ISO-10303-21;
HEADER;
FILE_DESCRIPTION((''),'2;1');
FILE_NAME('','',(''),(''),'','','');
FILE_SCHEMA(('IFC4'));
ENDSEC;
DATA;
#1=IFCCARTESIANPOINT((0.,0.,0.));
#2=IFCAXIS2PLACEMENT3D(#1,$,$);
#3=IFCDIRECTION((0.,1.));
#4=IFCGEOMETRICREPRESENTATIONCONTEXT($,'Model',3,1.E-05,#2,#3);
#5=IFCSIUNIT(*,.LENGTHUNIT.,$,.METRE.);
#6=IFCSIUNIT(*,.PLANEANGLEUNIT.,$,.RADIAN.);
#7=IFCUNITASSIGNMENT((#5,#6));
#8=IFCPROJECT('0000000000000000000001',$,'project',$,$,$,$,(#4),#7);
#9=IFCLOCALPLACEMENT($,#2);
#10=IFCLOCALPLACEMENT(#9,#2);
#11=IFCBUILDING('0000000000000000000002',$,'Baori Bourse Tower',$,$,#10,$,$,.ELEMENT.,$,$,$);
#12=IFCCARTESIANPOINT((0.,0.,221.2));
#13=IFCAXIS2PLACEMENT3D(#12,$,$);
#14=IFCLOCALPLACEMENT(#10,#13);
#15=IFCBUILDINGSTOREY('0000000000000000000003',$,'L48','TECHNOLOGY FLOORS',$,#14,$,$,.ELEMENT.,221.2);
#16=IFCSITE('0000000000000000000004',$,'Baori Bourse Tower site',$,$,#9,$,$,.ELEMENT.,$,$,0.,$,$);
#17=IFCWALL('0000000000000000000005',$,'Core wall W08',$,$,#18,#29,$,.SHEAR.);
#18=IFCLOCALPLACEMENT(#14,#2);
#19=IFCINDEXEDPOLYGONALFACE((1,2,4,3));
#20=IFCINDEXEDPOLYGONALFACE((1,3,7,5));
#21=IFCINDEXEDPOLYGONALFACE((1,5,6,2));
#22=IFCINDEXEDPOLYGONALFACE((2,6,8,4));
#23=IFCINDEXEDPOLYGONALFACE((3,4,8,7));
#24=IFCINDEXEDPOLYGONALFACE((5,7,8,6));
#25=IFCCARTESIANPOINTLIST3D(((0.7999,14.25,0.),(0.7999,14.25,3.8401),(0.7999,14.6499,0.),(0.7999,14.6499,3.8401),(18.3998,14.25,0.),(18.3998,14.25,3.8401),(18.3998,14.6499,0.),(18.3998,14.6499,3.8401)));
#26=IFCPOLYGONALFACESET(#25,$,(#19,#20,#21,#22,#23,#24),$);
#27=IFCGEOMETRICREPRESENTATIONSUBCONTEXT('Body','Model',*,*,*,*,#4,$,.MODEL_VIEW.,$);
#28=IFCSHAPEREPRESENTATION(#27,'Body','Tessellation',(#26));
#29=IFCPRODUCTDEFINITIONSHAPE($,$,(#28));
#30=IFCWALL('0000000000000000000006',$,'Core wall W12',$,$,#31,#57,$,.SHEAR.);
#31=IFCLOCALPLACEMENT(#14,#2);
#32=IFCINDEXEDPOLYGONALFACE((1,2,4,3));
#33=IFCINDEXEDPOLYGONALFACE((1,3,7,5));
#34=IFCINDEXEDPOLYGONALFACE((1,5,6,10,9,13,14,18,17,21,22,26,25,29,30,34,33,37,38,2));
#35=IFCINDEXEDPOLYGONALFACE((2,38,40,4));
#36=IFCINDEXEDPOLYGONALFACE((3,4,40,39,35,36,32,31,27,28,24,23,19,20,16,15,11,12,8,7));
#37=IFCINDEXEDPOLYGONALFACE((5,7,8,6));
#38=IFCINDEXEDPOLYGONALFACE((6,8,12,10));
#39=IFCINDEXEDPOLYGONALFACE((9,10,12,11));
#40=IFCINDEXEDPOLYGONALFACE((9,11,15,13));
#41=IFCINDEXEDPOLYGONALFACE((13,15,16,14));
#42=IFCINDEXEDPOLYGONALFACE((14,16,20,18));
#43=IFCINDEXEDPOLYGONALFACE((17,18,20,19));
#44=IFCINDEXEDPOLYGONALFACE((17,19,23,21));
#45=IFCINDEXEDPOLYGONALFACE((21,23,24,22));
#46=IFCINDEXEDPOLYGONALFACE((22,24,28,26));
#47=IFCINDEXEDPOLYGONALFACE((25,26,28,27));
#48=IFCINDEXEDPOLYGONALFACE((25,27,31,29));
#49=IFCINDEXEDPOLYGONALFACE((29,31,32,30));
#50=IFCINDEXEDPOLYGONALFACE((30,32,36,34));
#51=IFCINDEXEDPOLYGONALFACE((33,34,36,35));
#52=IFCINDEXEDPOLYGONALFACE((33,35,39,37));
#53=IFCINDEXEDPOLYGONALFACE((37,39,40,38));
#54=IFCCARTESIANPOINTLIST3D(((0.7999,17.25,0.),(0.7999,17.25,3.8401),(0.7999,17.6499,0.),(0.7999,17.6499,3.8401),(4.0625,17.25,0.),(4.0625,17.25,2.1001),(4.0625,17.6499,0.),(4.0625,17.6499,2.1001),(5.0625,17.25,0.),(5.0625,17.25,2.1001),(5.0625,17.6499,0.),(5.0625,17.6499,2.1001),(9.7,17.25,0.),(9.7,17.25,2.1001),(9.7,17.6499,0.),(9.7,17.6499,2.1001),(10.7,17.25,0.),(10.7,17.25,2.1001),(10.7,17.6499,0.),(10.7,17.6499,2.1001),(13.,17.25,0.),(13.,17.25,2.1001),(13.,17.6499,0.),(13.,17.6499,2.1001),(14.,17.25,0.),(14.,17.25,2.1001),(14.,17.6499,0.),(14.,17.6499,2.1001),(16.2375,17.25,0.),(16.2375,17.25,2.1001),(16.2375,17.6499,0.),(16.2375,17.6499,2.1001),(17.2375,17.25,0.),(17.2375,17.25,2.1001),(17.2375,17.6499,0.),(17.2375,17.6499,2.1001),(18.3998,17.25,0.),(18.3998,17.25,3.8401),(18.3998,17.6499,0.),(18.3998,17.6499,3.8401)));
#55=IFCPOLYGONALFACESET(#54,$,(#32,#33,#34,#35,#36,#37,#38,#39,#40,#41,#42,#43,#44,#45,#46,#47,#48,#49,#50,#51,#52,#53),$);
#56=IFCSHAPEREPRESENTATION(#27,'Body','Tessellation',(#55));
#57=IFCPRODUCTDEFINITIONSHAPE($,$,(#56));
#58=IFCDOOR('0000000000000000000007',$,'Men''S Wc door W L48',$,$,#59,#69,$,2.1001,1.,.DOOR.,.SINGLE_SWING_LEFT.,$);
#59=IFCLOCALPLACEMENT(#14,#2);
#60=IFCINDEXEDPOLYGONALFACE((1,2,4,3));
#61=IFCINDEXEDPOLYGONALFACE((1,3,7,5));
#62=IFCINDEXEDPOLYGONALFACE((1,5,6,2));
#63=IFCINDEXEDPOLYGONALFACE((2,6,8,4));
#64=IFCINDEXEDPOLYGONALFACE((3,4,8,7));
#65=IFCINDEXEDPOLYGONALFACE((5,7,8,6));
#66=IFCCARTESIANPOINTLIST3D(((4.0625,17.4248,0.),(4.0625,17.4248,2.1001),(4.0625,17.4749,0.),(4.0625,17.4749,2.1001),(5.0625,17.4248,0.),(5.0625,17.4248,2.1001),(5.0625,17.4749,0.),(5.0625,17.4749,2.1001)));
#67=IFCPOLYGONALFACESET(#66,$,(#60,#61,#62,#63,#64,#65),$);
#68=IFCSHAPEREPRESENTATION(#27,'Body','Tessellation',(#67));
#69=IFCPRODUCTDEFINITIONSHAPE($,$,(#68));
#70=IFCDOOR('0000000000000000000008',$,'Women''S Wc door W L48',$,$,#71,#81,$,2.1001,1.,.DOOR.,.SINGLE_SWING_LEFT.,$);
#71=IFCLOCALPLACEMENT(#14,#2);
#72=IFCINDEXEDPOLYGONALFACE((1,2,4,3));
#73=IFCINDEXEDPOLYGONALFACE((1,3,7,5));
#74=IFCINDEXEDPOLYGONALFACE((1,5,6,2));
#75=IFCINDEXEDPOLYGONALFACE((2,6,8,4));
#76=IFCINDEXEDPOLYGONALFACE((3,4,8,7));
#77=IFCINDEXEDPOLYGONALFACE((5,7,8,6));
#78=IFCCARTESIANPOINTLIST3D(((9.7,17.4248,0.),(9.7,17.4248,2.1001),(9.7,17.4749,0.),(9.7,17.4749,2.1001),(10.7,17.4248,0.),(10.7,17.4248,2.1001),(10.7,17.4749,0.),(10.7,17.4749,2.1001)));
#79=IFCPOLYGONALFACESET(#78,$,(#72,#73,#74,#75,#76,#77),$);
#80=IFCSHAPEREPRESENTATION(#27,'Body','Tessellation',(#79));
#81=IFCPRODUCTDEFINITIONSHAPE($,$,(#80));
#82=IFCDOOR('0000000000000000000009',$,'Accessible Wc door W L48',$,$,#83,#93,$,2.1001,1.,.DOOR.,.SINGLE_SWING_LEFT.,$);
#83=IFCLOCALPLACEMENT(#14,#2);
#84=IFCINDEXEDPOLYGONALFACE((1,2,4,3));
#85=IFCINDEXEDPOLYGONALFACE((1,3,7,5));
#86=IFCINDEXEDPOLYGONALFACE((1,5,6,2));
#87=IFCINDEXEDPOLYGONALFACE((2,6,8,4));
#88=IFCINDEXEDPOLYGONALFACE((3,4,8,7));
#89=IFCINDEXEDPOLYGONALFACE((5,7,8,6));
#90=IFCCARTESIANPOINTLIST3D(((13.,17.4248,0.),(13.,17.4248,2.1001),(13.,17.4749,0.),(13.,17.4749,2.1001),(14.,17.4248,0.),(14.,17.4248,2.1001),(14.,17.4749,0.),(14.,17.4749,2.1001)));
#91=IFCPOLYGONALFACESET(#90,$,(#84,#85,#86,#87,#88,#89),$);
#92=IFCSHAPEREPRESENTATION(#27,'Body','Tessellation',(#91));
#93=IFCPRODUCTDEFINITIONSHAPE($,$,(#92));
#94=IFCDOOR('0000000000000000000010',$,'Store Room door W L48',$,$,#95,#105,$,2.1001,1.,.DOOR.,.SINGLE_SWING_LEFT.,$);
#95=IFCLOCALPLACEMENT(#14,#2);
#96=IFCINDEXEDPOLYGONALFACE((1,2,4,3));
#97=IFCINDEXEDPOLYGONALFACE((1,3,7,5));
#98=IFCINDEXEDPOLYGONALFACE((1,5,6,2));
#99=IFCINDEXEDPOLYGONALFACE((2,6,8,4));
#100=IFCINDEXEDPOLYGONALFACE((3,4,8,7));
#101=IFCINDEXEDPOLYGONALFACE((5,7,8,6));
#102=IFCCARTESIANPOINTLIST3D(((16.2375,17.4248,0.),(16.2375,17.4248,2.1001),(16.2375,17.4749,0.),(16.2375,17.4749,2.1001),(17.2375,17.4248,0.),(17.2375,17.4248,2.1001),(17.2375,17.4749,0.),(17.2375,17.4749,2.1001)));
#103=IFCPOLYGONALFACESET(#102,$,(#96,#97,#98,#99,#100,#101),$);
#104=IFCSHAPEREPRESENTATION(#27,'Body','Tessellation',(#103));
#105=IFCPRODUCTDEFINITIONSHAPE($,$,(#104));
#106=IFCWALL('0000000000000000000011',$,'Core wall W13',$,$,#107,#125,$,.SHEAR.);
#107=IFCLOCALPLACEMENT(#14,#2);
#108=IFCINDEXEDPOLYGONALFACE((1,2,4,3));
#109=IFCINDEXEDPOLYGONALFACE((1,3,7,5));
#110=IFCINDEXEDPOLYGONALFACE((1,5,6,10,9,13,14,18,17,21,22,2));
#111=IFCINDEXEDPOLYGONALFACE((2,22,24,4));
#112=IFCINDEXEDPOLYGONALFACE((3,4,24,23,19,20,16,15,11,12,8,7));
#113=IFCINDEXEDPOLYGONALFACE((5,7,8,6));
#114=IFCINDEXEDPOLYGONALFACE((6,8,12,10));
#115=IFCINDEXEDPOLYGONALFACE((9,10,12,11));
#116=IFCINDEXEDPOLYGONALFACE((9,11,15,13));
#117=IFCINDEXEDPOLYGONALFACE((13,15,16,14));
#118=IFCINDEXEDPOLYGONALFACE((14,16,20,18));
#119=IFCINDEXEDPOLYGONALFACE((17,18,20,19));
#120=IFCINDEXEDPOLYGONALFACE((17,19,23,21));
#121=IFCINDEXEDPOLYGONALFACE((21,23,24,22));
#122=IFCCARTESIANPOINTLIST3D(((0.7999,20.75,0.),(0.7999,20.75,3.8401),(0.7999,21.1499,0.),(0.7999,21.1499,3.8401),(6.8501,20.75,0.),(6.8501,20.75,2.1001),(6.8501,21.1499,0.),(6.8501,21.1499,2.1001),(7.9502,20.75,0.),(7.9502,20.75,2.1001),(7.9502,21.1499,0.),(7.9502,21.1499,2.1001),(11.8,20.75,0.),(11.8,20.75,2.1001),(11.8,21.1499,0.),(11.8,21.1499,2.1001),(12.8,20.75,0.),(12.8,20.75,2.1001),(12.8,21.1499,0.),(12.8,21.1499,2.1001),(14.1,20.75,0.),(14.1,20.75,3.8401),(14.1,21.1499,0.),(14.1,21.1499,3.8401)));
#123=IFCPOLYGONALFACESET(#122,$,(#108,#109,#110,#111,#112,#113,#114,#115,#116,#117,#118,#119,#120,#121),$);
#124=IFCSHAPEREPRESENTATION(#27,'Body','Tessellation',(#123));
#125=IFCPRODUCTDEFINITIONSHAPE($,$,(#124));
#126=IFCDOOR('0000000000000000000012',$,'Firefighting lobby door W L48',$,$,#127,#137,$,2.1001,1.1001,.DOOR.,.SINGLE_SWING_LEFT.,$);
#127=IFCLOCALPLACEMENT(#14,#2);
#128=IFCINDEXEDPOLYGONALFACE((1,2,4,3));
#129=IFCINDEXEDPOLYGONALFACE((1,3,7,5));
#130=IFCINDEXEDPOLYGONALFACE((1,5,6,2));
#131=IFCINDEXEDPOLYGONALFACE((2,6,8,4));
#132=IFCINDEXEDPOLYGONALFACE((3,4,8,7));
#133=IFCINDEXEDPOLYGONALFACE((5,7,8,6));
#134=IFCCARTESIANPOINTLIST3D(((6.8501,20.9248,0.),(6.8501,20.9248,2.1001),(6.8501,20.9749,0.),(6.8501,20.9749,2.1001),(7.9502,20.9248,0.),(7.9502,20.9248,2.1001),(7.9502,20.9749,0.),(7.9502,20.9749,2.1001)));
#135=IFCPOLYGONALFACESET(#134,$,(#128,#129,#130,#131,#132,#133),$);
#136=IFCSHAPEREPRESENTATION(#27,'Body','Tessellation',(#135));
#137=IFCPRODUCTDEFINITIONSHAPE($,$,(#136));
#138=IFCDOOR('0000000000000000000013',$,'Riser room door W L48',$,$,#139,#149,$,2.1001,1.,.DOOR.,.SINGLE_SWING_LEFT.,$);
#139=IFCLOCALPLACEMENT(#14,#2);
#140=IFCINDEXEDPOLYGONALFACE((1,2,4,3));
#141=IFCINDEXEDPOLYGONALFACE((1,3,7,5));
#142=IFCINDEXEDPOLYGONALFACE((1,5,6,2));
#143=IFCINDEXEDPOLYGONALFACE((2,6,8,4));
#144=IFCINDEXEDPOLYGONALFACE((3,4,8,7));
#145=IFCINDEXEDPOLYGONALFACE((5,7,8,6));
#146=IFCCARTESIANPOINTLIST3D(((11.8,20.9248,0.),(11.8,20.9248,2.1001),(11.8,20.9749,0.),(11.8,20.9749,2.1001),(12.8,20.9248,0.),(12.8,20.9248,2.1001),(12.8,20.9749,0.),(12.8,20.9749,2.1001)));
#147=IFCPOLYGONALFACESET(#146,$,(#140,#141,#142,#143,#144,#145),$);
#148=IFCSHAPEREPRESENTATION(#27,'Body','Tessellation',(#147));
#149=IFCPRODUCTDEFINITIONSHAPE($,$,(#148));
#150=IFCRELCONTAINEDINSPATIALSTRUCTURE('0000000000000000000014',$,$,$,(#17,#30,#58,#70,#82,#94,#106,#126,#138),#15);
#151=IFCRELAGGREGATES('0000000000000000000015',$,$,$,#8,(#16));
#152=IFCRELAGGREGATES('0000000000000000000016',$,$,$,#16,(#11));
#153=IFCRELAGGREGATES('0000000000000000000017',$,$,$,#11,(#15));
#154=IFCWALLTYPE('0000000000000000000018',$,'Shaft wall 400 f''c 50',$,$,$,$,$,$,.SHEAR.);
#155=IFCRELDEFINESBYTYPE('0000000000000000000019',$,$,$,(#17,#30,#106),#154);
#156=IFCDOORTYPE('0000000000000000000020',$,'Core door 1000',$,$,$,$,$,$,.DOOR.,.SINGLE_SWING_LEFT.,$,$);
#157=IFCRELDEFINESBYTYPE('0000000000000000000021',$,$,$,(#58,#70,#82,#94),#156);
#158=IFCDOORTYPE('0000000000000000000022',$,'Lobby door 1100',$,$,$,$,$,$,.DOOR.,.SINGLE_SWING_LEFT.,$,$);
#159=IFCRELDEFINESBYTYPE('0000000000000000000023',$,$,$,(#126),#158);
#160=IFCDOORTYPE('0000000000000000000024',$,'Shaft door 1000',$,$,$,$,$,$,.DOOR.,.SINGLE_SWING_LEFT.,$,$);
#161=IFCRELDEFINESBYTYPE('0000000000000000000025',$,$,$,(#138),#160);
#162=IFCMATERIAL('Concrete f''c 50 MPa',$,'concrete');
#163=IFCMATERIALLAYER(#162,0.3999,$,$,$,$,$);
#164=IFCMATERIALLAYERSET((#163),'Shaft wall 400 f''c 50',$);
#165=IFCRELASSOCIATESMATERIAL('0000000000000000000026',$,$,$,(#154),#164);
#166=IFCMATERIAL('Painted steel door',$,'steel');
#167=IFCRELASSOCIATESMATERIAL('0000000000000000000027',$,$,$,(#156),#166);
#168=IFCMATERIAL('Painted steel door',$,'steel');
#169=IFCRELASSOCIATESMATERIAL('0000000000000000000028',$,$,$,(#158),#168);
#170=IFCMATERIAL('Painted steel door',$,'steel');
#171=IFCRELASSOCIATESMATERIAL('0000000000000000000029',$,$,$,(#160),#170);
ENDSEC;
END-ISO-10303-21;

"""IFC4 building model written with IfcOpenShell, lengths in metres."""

from ifc_helpers import new_model, si_unit, direction, frame, frame_2d, origin, place, context, subcontext, project, spatial, rectangle, extrude, material, layer, layer_set, type_object, element, fill, save


model = new_model("IFC4")

# Units and contexts
model_context = context("Model", 3, precision=1e-05, world=origin(), true_north=direction((0.0, 1.0)))
body_context = subcontext(model_context, "Body", "Model", "MODEL_VIEW")
ifc_project = project(units=[si_unit("LENGTHUNIT", "METRE"), si_unit("PLANEANGLEUNIT", "RADIAN")], contexts=[model_context])

# Site, building, storey
site_placement = place(None, origin())
site = spatial("IfcSite", under=ifc_project, at=site_placement, Name="Baori Bourse Tower site", CompositionType="ELEMENT", RefElevation=0.0)
building_placement = place(site_placement, origin())
building = spatial("IfcBuilding", under=site, at=building_placement, Name="Baori Bourse Tower", CompositionType="ELEMENT")
storey_placement = place(building_placement, frame((0.0, 0.0, 221.2)))
storey = spatial("IfcBuildingStorey", under=building, at=storey_placement, Name="L48", Description="TECHNOLOGY FLOORS", CompositionType="ELEMENT", Elevation=221.2)

# Wall
ifc_material_1 = material(Name="Concrete f'c 50 MPa", Category="concrete")
ifc_layer_1 = layer(ifc_material_1, 0.3999)
ifc_layer_set_1 = layer_set([ifc_layer_1], Name="Shaft wall 400 f'c 50")
wall_type_1 = type_object("IfcWallType", Name="Shaft wall 400 f'c 50", PredefinedType="SHEAR", material=ifc_layer_set_1)
wall_1_placement = place(storey_placement, frame((0.8, 14.45, 0.0), z_axis=(0.0, 0.0, 1.0), x_axis=(1.0, 0.0, 0.0)))
element("IfcWall", 1, at=wall_1_placement, inside=storey, type_object=wall_type_1, Name="Core wall W08", PredefinedType="SHEAR", context=body_context, shape_type="SweptSolid", body=[
    extrude(rectangle(XDim=17.5999, YDim=0.3999, at=frame_2d((8.7998, 0.0))), origin(), (0.0, 0.0, 1.0), 3.8401),
])

# Walls, openings, doors
wall_2_placement = place(storey_placement, frame((0.8, 17.45, 0.0), z_axis=(0.0, 0.0, 1.0), x_axis=(1.0, 0.0, 0.0)))
wall_2 = element("IfcWall", 2, at=wall_2_placement, inside=storey, type_object=wall_type_1, Name="Core wall W12", PredefinedType="SHEAR", context=body_context, shape_type="SweptSolid", body=[
    extrude(rectangle(XDim=17.5999, YDim=0.3999, at=frame_2d((8.7998, 0.0))), origin(), (0.0, 0.0, 1.0), 3.8401),
])
opening_1_placement = place(wall_2_placement, frame((3.2625, 0.0, 0.0)))
opening_1 = element("IfcOpeningElement", 3, at=opening_1_placement, cuts=wall_2, PredefinedType="OPENING", context=body_context, shape_type="SweptSolid", body=[
    extrude(rectangle(XDim=1.0, YDim=2.1001, at=frame_2d((0.5, 1.05))), frame((0.0, 0.21, 0.0), z_axis=(0.0, -1.0, 0.0), x_axis=(1.0, 0.0, 0.0)), (0.0, 0.0, 1.0), 0.4199),
])
opening_2_placement = place(wall_2_placement, frame((8.8999, 0.0, 0.0)))
opening_2 = element("IfcOpeningElement", 4, at=opening_2_placement, cuts=wall_2, PredefinedType="OPENING", context=body_context, shape_type="SweptSolid", body=[
    extrude(rectangle(XDim=1.0, YDim=2.1001, at=frame_2d((0.5, 1.05))), frame((0.0, 0.21, 0.0), z_axis=(0.0, -1.0, 0.0), x_axis=(1.0, 0.0, 0.0)), (0.0, 0.0, 1.0), 0.4199),
])
opening_3_placement = place(wall_2_placement, frame((12.2, 0.0, 0.0)))
opening_3 = element("IfcOpeningElement", 5, at=opening_3_placement, cuts=wall_2, PredefinedType="OPENING", context=body_context, shape_type="SweptSolid", body=[
    extrude(rectangle(XDim=1.0, YDim=2.1001, at=frame_2d((0.5, 1.05))), frame((0.0, 0.21, 0.0), z_axis=(0.0, -1.0, 0.0), x_axis=(1.0, 0.0, 0.0)), (0.0, 0.0, 1.0), 0.4199),
])
opening_4_placement = place(wall_2_placement, frame((15.4375, 0.0, 0.0)))
opening_4 = element("IfcOpeningElement", 6, at=opening_4_placement, cuts=wall_2, PredefinedType="OPENING", context=body_context, shape_type="SweptSolid", body=[
    extrude(rectangle(XDim=1.0, YDim=2.1001, at=frame_2d((0.5, 1.05))), frame((0.0, 0.21, 0.0), z_axis=(0.0, -1.0, 0.0), x_axis=(1.0, 0.0, 0.0)), (0.0, 0.0, 1.0), 0.4199),
])
ifc_material_2 = material(Name="Painted steel door", Category="steel")
door_type_1 = type_object("IfcDoorType", Name="Core door 1000", OperationType="SINGLE_SWING_LEFT", PredefinedType="DOOR", material=ifc_material_2)
door_1_placement = place(opening_1_placement, origin())
door_1 = element("IfcDoor", 7, at=door_1_placement, inside=storey, type_object=door_type_1, Name="Men'S Wc door W L48", OperationType="SINGLE_SWING_LEFT", OverallHeight=2.1001, OverallWidth=1.0, PredefinedType="DOOR", context=body_context, shape_type="SweptSolid", body=[
    extrude(rectangle(XDim=1.0, YDim=2.1001, at=frame_2d((0.5, 1.05))), frame((0.0, 0.0249, 0.0), z_axis=(0.0, -1.0, 0.0), x_axis=(1.0, 0.0, 0.0)), (0.0, 0.0, 1.0), 0.05),
])
fill(opening_1, door_1)
door_2_placement = place(opening_2_placement, origin())
door_2 = element("IfcDoor", 8, at=door_2_placement, inside=storey, type_object=door_type_1, Name="Women'S Wc door W L48", OperationType="SINGLE_SWING_LEFT", OverallHeight=2.1001, OverallWidth=1.0, PredefinedType="DOOR", context=body_context, shape_type="SweptSolid", body=[
    extrude(rectangle(XDim=1.0, YDim=2.1001, at=frame_2d((0.5, 1.05))), frame((0.0, 0.0249, 0.0), z_axis=(0.0, -1.0, 0.0), x_axis=(1.0, 0.0, 0.0)), (0.0, 0.0, 1.0), 0.05),
])
fill(opening_2, door_2)
door_3_placement = place(opening_3_placement, origin())
door_3 = element("IfcDoor", 9, at=door_3_placement, inside=storey, type_object=door_type_1, Name="Accessible Wc door W L48", OperationType="SINGLE_SWING_LEFT", OverallHeight=2.1001, OverallWidth=1.0, PredefinedType="DOOR", context=body_context, shape_type="SweptSolid", body=[
    extrude(rectangle(XDim=1.0, YDim=2.1001, at=frame_2d((0.5, 1.05))), frame((0.0, 0.0249, 0.0), z_axis=(0.0, -1.0, 0.0), x_axis=(1.0, 0.0, 0.0)), (0.0, 0.0, 1.0), 0.05),
])
fill(opening_3, door_3)
door_4_placement = place(opening_4_placement, origin())
door_4 = element("IfcDoor", 10, at=door_4_placement, inside=storey, type_object=door_type_1, Name="Store Room door W L48", OperationType="SINGLE_SWING_LEFT", OverallHeight=2.1001, OverallWidth=1.0, PredefinedType="DOOR", context=body_context, shape_type="SweptSolid", body=[
    extrude(rectangle(XDim=1.0, YDim=2.1001, at=frame_2d((0.5, 1.05))), frame((0.0, 0.0249, 0.0), z_axis=(0.0, -1.0, 0.0), x_axis=(1.0, 0.0, 0.0)), (0.0, 0.0, 1.0), 0.05),
])
fill(opening_4, door_4)
wall_3_placement = place(storey_placement, frame((0.8, 20.95, 0.0), z_axis=(0.0, 0.0, 1.0), x_axis=(1.0, 0.0, 0.0)))
wall_3 = element("IfcWall", 11, at=wall_3_placement, inside=storey, type_object=wall_type_1, Name="Core wall W13", PredefinedType="SHEAR", context=body_context, shape_type="SweptSolid", body=[
    extrude(rectangle(XDim=13.3, YDim=0.3999, at=frame_2d((6.6499, 0.0))), origin(), (0.0, 0.0, 1.0), 3.8401),
])
opening_5_placement = place(wall_3_placement, frame((6.05, 0.0, 0.0)))
opening_5 = element("IfcOpeningElement", 12, at=opening_5_placement, cuts=wall_3, PredefinedType="OPENING", context=body_context, shape_type="SweptSolid", body=[
    extrude(rectangle(XDim=1.1001, YDim=2.1001, at=frame_2d((0.55, 1.05))), frame((0.0, 0.21, 0.0), z_axis=(0.0, -1.0, 0.0), x_axis=(1.0, 0.0, 0.0)), (0.0, 0.0, 1.0), 0.4199),
])
opening_6_placement = place(wall_3_placement, frame((11.0, 0.0, 0.0)))
opening_6 = element("IfcOpeningElement", 13, at=opening_6_placement, cuts=wall_3, PredefinedType="OPENING", context=body_context, shape_type="SweptSolid", body=[
    extrude(rectangle(XDim=1.0, YDim=2.1001, at=frame_2d((0.5, 1.05))), frame((0.0, 0.21, 0.0), z_axis=(0.0, -1.0, 0.0), x_axis=(1.0, 0.0, 0.0)), (0.0, 0.0, 1.0), 0.4199),
])
ifc_material_3 = material(Name="Painted steel door", Category="steel")
door_type_2 = type_object("IfcDoorType", Name="Lobby door 1100", OperationType="SINGLE_SWING_LEFT", PredefinedType="DOOR", material=ifc_material_3)
door_5_placement = place(opening_5_placement, origin())
door_5 = element("IfcDoor", 14, at=door_5_placement, inside=storey, type_object=door_type_2, Name="Firefighting lobby door W L48", OperationType="SINGLE_SWING_LEFT", OverallHeight=2.1001, OverallWidth=1.1001, PredefinedType="DOOR", context=body_context, shape_type="SweptSolid", body=[
    extrude(rectangle(XDim=1.1001, YDim=2.1001, at=frame_2d((0.55, 1.05))), frame((0.0, 0.0249, 0.0), z_axis=(0.0, -1.0, 0.0), x_axis=(1.0, 0.0, 0.0)), (0.0, 0.0, 1.0), 0.05),
])
fill(opening_5, door_5)
ifc_material_4 = material(Name="Painted steel door", Category="steel")
door_type_3 = type_object("IfcDoorType", Name="Shaft door 1000", OperationType="SINGLE_SWING_LEFT", PredefinedType="DOOR", material=ifc_material_4)
door_6_placement = place(opening_6_placement, origin())
door_6 = element("IfcDoor", 15, at=door_6_placement, inside=storey, type_object=door_type_3, Name="Riser room door W L48", OperationType="SINGLE_SWING_LEFT", OverallHeight=2.1001, OverallWidth=1.0, PredefinedType="DOOR", context=body_context, shape_type="SweptSolid", body=[
    extrude(rectangle(XDim=1.0, YDim=2.1001, at=frame_2d((0.5, 1.05))), frame((0.0, 0.0249, 0.0), z_axis=(0.0, -1.0, 0.0), x_axis=(1.0, 0.0, 0.0)), (0.0, 0.0, 1.0), 0.05),
])
fill(opening_6, door_6)

save(model, "model.ifc")
